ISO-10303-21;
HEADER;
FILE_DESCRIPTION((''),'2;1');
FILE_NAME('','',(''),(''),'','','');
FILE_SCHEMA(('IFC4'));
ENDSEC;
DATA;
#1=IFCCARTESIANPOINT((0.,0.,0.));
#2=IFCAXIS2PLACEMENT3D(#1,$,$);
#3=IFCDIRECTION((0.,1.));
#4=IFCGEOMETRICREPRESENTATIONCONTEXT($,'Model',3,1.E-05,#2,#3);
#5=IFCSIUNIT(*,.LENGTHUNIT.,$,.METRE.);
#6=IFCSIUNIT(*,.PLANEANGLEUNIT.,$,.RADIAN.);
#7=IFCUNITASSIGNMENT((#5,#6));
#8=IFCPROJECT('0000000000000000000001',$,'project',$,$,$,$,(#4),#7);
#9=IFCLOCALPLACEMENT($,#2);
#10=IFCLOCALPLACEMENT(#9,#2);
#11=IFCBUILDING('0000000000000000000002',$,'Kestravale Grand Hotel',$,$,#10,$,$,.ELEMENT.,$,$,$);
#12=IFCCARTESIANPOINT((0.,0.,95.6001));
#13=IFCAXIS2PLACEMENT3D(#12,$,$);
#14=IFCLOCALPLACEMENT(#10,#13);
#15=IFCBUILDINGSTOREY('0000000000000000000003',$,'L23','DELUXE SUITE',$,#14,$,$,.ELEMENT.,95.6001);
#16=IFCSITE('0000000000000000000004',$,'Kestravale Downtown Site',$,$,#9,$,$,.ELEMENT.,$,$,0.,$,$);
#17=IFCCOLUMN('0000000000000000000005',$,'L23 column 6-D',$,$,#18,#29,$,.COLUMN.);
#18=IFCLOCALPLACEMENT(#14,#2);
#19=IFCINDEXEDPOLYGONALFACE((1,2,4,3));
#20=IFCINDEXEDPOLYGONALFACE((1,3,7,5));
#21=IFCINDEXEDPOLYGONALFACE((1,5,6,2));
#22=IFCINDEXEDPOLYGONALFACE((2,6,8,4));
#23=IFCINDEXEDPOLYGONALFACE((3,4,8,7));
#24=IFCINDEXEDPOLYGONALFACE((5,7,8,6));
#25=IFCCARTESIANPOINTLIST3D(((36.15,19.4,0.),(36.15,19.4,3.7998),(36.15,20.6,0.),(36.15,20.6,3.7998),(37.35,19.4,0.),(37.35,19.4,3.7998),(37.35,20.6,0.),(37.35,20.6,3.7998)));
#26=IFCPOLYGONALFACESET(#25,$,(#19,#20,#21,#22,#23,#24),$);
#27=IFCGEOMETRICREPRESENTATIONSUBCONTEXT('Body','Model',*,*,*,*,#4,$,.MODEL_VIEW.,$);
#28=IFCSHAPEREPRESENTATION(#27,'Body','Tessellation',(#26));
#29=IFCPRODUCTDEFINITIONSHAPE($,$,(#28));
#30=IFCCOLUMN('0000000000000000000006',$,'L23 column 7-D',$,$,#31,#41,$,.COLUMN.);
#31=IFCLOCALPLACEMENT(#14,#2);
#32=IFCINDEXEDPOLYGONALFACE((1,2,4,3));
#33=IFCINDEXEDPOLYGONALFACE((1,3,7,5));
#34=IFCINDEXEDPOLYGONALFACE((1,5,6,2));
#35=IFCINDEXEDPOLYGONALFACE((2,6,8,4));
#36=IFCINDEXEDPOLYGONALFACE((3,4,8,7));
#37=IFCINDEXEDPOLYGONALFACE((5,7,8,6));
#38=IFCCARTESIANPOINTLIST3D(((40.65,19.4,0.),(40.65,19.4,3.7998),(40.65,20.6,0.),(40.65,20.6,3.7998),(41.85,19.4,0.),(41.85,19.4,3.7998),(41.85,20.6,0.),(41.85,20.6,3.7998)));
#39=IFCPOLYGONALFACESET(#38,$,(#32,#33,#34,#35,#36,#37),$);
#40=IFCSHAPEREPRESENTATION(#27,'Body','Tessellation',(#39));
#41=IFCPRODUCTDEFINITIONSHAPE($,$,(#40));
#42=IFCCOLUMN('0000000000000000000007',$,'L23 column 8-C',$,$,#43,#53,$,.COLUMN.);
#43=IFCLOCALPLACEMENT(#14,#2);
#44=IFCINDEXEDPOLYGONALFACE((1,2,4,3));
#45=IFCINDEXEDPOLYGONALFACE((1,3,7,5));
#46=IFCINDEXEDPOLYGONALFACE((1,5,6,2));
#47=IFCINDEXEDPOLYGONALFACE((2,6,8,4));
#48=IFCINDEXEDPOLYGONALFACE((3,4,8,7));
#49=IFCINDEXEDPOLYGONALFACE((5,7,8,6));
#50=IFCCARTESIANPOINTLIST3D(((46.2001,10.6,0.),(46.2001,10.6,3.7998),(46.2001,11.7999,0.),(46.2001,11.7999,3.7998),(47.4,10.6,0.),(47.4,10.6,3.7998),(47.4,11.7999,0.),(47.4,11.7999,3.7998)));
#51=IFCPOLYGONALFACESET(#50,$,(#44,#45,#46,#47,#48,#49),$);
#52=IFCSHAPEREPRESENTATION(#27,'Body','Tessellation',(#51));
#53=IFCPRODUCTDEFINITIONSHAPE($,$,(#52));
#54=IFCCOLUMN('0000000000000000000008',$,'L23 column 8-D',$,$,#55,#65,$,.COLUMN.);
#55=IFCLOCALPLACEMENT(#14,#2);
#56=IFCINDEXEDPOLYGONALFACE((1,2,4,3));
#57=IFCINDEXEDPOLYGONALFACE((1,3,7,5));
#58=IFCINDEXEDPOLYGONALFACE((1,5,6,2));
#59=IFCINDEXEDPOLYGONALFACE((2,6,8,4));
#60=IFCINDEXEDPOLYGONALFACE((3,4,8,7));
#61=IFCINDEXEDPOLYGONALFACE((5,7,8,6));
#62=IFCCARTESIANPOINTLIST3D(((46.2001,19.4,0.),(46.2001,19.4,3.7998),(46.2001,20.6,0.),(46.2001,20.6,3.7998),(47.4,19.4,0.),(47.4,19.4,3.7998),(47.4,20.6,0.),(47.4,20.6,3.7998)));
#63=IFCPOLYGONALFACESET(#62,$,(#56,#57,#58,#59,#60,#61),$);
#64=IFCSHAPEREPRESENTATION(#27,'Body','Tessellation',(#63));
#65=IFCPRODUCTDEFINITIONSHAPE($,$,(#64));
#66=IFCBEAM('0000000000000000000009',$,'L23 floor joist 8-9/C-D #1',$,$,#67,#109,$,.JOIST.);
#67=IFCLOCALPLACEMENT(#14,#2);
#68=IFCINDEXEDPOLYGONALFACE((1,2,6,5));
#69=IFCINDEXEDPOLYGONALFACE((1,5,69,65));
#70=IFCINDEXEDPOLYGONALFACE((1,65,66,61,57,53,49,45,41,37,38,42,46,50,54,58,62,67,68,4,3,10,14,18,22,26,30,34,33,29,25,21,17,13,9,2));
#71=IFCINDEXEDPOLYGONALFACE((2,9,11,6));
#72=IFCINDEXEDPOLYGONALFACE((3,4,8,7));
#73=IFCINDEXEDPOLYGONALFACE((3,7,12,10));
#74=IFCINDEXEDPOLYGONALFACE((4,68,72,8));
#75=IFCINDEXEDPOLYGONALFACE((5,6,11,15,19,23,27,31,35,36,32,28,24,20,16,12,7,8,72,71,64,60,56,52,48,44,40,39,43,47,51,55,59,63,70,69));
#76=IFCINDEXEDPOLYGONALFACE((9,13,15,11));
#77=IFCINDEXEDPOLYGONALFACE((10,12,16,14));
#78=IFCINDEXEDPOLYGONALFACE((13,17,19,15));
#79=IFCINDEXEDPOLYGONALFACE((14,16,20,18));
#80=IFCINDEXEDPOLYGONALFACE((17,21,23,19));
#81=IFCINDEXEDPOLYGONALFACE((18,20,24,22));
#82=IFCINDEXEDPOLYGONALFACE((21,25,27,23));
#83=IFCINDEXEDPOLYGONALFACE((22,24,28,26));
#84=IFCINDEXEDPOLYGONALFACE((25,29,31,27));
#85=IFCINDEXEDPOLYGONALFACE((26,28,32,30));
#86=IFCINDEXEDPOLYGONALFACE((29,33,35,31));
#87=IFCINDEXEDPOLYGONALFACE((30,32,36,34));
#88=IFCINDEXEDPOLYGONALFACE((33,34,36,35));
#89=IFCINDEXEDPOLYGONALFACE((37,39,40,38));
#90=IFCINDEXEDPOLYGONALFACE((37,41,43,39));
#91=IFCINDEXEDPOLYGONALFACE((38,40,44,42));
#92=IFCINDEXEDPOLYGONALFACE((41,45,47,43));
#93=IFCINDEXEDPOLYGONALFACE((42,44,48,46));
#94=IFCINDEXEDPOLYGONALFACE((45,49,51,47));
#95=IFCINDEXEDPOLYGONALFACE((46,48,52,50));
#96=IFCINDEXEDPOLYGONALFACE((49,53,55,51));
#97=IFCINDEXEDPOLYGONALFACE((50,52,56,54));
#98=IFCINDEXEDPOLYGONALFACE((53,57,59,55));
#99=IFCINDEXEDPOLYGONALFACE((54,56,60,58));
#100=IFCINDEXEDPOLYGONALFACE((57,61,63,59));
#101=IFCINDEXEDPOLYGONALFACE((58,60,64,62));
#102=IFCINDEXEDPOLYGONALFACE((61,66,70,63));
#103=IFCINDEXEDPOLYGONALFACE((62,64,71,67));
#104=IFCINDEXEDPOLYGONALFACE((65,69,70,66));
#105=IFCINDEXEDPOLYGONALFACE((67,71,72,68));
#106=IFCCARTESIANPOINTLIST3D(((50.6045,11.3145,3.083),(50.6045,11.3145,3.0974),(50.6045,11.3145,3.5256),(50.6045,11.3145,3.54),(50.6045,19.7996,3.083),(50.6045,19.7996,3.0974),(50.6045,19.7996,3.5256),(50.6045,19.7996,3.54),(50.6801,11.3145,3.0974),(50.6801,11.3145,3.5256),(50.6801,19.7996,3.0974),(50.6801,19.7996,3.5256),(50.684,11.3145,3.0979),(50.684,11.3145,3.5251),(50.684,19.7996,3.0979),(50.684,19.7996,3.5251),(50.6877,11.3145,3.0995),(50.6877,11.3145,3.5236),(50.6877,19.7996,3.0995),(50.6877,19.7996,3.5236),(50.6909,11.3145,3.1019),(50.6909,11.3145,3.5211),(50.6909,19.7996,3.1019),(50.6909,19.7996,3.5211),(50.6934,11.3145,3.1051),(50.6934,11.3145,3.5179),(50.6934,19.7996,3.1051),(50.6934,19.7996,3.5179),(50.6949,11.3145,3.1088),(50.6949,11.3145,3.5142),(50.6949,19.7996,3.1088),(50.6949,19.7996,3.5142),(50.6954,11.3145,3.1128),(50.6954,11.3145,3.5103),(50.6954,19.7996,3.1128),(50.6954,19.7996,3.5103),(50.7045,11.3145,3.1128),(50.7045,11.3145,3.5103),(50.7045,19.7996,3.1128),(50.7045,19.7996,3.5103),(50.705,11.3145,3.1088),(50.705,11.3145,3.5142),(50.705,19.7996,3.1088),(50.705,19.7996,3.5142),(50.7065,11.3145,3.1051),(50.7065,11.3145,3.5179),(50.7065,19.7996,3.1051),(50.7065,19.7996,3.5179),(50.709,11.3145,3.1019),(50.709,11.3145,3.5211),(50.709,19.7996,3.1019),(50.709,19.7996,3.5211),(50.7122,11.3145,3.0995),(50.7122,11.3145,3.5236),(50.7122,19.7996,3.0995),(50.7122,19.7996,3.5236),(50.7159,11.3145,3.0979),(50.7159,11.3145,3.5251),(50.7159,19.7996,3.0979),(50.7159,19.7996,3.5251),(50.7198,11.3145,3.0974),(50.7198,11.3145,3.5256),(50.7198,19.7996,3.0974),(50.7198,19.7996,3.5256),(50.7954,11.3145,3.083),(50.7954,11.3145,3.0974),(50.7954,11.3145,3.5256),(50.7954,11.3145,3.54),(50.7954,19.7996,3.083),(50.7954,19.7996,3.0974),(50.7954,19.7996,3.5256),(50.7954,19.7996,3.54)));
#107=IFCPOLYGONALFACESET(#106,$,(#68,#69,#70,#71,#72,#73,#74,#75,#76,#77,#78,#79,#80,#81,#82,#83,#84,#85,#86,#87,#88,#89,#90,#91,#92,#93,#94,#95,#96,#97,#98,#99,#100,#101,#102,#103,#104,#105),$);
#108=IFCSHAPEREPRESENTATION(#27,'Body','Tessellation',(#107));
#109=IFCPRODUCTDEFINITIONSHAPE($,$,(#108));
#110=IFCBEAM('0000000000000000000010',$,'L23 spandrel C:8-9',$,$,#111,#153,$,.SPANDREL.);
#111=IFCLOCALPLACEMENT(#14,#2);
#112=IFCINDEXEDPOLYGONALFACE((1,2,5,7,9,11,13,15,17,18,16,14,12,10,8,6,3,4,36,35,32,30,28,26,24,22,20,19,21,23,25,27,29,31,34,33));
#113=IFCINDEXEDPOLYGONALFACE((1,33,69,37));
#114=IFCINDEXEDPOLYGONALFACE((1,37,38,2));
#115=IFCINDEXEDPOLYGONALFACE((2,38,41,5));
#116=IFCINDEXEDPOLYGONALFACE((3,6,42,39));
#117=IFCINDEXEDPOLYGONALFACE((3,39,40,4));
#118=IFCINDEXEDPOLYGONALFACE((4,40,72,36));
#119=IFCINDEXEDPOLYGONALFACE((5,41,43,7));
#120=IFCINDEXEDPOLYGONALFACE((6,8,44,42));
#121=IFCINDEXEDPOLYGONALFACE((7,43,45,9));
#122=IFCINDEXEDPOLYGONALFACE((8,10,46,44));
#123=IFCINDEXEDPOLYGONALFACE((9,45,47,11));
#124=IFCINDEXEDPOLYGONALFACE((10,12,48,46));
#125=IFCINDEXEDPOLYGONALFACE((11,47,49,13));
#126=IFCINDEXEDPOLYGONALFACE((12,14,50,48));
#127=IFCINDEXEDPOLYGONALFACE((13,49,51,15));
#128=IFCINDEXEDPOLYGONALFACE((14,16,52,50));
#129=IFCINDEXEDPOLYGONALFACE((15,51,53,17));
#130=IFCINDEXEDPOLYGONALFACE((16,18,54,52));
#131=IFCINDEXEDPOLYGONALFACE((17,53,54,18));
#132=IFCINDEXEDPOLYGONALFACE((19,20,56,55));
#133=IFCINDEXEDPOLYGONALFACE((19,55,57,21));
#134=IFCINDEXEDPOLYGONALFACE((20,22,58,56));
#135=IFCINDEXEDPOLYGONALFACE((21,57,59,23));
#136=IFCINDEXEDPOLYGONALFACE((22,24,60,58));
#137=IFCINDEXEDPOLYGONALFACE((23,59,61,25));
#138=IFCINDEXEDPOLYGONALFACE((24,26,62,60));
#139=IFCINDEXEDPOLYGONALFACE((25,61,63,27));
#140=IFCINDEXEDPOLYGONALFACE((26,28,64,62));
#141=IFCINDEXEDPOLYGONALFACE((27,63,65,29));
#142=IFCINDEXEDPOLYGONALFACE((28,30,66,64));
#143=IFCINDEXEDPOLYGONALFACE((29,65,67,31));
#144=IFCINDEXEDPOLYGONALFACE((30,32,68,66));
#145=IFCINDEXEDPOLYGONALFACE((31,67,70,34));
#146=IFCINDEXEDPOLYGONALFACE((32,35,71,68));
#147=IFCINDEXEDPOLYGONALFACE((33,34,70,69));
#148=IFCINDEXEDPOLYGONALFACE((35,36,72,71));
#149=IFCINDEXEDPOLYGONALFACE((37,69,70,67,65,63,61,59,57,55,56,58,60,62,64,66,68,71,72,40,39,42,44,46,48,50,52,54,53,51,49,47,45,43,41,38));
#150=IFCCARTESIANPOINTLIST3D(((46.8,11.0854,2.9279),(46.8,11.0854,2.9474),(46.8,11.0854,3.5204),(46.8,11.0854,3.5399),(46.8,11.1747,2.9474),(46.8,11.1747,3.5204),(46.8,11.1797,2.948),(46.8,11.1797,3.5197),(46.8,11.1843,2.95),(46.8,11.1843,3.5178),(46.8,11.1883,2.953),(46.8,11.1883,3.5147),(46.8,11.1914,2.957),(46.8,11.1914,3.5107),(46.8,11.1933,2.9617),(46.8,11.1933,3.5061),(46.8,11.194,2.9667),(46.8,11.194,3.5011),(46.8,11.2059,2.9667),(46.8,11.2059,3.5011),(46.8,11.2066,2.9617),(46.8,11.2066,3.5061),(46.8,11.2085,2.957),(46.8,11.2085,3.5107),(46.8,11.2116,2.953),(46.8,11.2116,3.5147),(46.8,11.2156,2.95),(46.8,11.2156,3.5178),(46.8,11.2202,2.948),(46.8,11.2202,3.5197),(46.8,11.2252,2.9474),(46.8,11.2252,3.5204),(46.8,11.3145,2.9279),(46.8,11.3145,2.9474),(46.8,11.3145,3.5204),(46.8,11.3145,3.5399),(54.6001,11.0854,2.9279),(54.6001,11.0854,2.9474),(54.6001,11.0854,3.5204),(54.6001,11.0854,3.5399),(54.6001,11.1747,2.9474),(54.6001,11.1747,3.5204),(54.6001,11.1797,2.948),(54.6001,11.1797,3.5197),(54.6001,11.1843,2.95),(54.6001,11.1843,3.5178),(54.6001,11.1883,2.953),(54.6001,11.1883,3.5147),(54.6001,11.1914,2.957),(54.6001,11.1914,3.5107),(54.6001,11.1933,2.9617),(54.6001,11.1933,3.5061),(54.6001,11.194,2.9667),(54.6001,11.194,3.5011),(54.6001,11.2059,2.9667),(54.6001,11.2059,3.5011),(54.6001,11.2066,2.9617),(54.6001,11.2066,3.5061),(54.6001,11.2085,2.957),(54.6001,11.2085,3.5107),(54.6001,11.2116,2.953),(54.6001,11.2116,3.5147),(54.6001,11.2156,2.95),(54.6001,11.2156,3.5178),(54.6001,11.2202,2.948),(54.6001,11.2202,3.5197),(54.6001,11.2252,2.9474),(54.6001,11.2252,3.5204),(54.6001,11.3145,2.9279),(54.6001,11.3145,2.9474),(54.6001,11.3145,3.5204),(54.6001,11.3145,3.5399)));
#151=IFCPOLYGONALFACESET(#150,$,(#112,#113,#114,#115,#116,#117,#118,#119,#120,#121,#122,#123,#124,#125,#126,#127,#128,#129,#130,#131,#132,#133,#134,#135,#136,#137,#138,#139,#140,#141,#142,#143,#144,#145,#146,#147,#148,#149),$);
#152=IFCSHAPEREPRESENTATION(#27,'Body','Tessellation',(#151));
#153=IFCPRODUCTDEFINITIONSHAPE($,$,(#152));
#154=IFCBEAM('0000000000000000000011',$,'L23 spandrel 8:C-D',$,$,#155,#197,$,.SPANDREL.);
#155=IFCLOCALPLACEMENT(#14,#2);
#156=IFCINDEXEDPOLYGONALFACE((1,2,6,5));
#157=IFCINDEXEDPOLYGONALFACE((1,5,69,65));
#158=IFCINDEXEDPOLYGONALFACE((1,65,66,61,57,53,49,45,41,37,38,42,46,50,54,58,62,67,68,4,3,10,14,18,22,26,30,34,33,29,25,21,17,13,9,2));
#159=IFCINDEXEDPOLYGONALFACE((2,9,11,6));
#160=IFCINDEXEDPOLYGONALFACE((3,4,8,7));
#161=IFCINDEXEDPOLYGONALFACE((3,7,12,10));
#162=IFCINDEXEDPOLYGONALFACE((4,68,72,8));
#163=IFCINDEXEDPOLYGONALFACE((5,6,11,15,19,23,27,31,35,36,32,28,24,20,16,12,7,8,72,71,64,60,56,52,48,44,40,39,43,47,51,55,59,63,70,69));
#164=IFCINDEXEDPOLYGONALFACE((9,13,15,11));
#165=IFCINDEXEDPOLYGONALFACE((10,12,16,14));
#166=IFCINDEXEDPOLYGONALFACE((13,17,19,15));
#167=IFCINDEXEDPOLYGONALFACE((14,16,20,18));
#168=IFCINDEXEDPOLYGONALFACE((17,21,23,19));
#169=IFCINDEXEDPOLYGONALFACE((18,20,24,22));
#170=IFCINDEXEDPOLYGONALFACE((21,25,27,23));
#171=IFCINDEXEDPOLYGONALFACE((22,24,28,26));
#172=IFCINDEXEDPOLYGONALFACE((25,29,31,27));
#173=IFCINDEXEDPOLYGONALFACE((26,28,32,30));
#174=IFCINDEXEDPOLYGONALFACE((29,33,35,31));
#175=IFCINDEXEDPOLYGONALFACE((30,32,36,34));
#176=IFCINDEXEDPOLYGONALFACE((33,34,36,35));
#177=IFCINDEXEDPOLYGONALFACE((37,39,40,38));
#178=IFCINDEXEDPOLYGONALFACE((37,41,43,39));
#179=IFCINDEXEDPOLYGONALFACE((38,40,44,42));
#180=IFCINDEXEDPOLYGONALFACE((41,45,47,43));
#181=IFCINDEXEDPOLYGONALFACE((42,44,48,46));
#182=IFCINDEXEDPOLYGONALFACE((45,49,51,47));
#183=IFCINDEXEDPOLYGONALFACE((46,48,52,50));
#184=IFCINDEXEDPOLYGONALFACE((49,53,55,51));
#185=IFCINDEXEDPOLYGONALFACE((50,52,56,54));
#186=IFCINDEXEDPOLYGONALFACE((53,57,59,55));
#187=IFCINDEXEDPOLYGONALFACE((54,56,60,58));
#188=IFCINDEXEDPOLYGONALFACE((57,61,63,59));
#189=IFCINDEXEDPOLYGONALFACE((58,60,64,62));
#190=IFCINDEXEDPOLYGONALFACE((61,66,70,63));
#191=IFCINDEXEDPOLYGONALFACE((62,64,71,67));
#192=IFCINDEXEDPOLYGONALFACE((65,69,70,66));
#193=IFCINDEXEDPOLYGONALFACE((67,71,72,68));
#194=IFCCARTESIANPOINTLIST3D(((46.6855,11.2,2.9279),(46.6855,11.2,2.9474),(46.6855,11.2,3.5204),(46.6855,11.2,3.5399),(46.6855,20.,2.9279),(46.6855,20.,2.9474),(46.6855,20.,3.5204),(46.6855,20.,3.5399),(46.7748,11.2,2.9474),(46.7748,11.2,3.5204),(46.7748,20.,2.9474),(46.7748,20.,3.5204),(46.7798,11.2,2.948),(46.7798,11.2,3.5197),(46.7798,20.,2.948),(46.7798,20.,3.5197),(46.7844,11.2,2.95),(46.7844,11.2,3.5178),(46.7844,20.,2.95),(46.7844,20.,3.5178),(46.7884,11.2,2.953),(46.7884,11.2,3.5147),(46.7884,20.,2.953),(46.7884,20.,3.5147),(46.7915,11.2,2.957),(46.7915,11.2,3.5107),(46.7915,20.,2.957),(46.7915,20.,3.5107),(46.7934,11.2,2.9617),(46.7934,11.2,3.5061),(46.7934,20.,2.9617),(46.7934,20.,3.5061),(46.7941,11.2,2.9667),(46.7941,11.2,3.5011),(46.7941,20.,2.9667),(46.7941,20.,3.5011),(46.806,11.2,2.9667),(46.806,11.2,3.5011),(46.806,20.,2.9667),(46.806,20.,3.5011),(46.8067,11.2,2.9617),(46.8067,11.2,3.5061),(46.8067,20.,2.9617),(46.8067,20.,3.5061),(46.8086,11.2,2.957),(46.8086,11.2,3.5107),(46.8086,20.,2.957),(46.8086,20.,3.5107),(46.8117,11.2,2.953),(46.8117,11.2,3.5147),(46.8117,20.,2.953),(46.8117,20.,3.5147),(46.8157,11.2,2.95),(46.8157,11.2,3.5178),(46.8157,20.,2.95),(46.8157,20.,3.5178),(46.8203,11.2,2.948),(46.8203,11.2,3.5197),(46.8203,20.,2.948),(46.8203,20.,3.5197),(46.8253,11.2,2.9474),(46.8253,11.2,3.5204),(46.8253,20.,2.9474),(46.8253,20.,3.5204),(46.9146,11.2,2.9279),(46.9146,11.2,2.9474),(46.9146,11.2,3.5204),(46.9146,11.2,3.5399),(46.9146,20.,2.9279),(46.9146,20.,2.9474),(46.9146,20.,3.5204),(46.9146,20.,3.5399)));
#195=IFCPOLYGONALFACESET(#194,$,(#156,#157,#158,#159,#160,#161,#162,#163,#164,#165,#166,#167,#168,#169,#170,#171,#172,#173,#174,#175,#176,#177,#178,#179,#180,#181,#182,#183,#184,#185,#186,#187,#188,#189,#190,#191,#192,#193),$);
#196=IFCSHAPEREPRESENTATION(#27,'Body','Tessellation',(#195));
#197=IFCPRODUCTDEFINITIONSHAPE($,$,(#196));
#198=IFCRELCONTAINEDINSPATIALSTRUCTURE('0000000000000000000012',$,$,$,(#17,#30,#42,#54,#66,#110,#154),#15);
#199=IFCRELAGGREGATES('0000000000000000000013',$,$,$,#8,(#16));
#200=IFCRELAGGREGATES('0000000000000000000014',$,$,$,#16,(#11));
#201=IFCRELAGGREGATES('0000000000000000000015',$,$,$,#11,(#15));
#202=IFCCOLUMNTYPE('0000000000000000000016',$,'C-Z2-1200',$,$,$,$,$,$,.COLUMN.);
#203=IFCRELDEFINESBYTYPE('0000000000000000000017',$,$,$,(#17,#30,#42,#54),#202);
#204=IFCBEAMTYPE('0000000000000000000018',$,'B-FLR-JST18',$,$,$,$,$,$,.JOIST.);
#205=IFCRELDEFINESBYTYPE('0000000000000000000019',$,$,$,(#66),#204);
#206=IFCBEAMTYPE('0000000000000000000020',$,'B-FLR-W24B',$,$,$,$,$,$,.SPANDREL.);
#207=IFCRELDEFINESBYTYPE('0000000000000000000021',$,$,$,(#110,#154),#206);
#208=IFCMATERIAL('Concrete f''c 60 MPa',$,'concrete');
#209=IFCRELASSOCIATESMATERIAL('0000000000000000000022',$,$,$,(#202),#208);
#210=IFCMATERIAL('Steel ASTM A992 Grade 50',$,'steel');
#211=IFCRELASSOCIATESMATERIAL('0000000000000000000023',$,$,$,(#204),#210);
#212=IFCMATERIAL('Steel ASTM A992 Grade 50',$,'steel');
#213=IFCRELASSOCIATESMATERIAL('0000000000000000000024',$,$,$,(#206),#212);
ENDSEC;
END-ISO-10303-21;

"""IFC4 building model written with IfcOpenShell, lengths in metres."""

from ifc_helpers import new_model, si_unit, direction, frame, origin, origin_2d, place, context, subcontext, project, spatial, rectangle, i_section, extrude, material, material_profile, profile_set, type_object, element, save


model = new_model("IFC4")

# Units and contexts
model_context = context("Model", 3, precision=1e-05, world=origin(), true_north=direction((0.0, 1.0)))
body_context = subcontext(model_context, "Body", "Model", "MODEL_VIEW")
ifc_project = project(units=[si_unit("LENGTHUNIT", "METRE"), si_unit("PLANEANGLEUNIT", "RADIAN")], contexts=[model_context])

# Site, building, storey
site_placement = place(None, origin())
site = spatial("IfcSite", under=ifc_project, at=site_placement, Name="Kestravale Downtown Site", CompositionType="ELEMENT", RefElevation=0.0)
building_placement = place(site_placement, origin())
building = spatial("IfcBuilding", under=site, at=building_placement, Name="Kestravale Grand Hotel", CompositionType="ELEMENT")
storey_placement = place(building_placement, frame((0.0, 0.0, 95.6001)))
storey = spatial("IfcBuildingStorey", under=building, at=storey_placement, Name="L23", Description="DELUXE SUITE", CompositionType="ELEMENT", Elevation=95.6001)

# Columns
ifc_material_1 = material(Name="Concrete f'c 60 MPa", Category="concrete")
ifc_material_profile_1 = material_profile(ifc_material_1, rectangle(XDim=1.2, YDim=1.2, at=origin_2d()))
ifc_profile_set_1 = profile_set([ifc_material_profile_1], Name="Concrete f'c 60 MPa")
column_type = type_object("IfcColumnType", Name="C-Z2-1200", PredefinedType="COLUMN", material=ifc_profile_set_1)
for number, where, z_axis, x_axis, name in (
    (1, (36.75, 20.0, 0.0), (0.0, 0.0, 1.0), (1.0, 0.0, 0.0), "L23 column 6-D"),
    (2, (41.25, 20.0, 0.0), (0.0, 0.0, 1.0), (1.0, 0.0, 0.0), "L23 column 7-D"),
    (3, (46.8, 11.2, 0.0), (0.0, 0.0, 1.0), (1.0, 0.0, 0.0), "L23 column 8-C"),
    (4, (46.8, 20.0, 0.0), (0.0, 0.0, 1.0), (1.0, 0.0, 0.0), "L23 column 8-D"),
):
    element("IfcColumn", number, at=place(storey_placement, frame(where, z_axis=z_axis, x_axis=x_axis)), inside=storey, type_object=column_type, Name=name, PredefinedType="COLUMN", context=body_context, shape_type="SweptSolid", body=[
        extrude(rectangle(XDim=1.2, YDim=1.2, at=origin_2d()), origin(), (0.0, 0.0, 1.0), 3.7998),
    ])

# Beams
ifc_material_2 = material(Name="Steel ASTM A992 Grade 50", Category="steel")
ifc_material_profile_2 = material_profile(ifc_material_2, i_section(OverallWidth=0.1909, OverallDepth=0.457, WebThickness=0.009, FlangeThickness=0.0144, FilletRadius=0.0154, at=origin_2d()))
ifc_profile_set_2 = profile_set([ifc_material_profile_2], Name="Steel ASTM A992 Grade 50")
beam_type_1 = type_object("IfcBeamType", Name="B-FLR-JST18", PredefinedType="JOIST", material=ifc_profile_set_2)
beam_1_placement = place(storey_placement, frame((50.7, 11.3145, 3.3115), z_axis=(0.0, 1.0, 0.0), x_axis=(-1.0, 0.0, 0.0)))
element("IfcBeam", 5, at=beam_1_placement, inside=storey, type_object=beam_type_1, Name="L23 floor joist 8-9/C-D #1", PredefinedType="JOIST", context=body_context, shape_type="SweptSolid", body=[
    extrude(i_section(OverallWidth=0.1909, OverallDepth=0.457, WebThickness=0.009, FlangeThickness=0.0144, FilletRadius=0.0154, at=origin_2d()), origin(), (0.0, 0.0, 1.0), 8.4851),
])
ifc_material_3 = material(Name="Steel ASTM A992 Grade 50", Category="steel")
ifc_material_profile_3 = material_profile(ifc_material_3, i_section(OverallWidth=0.229, OverallDepth=0.6121, WebThickness=0.012, FlangeThickness=0.0195, FilletRadius=0.0193, at=origin_2d()))
ifc_profile_set_3 = profile_set([ifc_material_profile_3], Name="Steel ASTM A992 Grade 50")
beam_type_2 = type_object("IfcBeamType", Name="B-FLR-W24B", PredefinedType="SPANDREL", material=ifc_profile_set_3)
beam_2_placement = place(storey_placement, frame((46.8, 11.2, 3.2339), z_axis=(1.0, 0.0, 0.0), x_axis=(0.0, 1.0, 0.0)))
element("IfcBeam", 6, at=beam_2_placement, inside=storey, type_object=beam_type_2, Name="L23 spandrel C:8-9", PredefinedType="SPANDREL", context=body_context, shape_type="SweptSolid", body=[
    extrude(i_section(OverallWidth=0.229, OverallDepth=0.6121, WebThickness=0.012, FlangeThickness=0.0195, FilletRadius=0.0193, at=origin_2d()), origin(), (0.0, 0.0, 1.0), 7.8),
])
beam_3_placement = place(storey_placement, frame((46.8, 11.2, 3.2339), z_axis=(0.0, 1.0, 0.0), x_axis=(-1.0, 0.0, 0.0)))
element("IfcBeam", 7, at=beam_3_placement, inside=storey, type_object=beam_type_2, Name="L23 spandrel 8:C-D", PredefinedType="SPANDREL", context=body_context, shape_type="SweptSolid", body=[
    extrude(i_section(OverallWidth=0.229, OverallDepth=0.6121, WebThickness=0.012, FlangeThickness=0.0195, FilletRadius=0.0193, at=origin_2d()), origin(), (0.0, 0.0, 1.0), 8.8),
])

save(model, "model.ifc")
